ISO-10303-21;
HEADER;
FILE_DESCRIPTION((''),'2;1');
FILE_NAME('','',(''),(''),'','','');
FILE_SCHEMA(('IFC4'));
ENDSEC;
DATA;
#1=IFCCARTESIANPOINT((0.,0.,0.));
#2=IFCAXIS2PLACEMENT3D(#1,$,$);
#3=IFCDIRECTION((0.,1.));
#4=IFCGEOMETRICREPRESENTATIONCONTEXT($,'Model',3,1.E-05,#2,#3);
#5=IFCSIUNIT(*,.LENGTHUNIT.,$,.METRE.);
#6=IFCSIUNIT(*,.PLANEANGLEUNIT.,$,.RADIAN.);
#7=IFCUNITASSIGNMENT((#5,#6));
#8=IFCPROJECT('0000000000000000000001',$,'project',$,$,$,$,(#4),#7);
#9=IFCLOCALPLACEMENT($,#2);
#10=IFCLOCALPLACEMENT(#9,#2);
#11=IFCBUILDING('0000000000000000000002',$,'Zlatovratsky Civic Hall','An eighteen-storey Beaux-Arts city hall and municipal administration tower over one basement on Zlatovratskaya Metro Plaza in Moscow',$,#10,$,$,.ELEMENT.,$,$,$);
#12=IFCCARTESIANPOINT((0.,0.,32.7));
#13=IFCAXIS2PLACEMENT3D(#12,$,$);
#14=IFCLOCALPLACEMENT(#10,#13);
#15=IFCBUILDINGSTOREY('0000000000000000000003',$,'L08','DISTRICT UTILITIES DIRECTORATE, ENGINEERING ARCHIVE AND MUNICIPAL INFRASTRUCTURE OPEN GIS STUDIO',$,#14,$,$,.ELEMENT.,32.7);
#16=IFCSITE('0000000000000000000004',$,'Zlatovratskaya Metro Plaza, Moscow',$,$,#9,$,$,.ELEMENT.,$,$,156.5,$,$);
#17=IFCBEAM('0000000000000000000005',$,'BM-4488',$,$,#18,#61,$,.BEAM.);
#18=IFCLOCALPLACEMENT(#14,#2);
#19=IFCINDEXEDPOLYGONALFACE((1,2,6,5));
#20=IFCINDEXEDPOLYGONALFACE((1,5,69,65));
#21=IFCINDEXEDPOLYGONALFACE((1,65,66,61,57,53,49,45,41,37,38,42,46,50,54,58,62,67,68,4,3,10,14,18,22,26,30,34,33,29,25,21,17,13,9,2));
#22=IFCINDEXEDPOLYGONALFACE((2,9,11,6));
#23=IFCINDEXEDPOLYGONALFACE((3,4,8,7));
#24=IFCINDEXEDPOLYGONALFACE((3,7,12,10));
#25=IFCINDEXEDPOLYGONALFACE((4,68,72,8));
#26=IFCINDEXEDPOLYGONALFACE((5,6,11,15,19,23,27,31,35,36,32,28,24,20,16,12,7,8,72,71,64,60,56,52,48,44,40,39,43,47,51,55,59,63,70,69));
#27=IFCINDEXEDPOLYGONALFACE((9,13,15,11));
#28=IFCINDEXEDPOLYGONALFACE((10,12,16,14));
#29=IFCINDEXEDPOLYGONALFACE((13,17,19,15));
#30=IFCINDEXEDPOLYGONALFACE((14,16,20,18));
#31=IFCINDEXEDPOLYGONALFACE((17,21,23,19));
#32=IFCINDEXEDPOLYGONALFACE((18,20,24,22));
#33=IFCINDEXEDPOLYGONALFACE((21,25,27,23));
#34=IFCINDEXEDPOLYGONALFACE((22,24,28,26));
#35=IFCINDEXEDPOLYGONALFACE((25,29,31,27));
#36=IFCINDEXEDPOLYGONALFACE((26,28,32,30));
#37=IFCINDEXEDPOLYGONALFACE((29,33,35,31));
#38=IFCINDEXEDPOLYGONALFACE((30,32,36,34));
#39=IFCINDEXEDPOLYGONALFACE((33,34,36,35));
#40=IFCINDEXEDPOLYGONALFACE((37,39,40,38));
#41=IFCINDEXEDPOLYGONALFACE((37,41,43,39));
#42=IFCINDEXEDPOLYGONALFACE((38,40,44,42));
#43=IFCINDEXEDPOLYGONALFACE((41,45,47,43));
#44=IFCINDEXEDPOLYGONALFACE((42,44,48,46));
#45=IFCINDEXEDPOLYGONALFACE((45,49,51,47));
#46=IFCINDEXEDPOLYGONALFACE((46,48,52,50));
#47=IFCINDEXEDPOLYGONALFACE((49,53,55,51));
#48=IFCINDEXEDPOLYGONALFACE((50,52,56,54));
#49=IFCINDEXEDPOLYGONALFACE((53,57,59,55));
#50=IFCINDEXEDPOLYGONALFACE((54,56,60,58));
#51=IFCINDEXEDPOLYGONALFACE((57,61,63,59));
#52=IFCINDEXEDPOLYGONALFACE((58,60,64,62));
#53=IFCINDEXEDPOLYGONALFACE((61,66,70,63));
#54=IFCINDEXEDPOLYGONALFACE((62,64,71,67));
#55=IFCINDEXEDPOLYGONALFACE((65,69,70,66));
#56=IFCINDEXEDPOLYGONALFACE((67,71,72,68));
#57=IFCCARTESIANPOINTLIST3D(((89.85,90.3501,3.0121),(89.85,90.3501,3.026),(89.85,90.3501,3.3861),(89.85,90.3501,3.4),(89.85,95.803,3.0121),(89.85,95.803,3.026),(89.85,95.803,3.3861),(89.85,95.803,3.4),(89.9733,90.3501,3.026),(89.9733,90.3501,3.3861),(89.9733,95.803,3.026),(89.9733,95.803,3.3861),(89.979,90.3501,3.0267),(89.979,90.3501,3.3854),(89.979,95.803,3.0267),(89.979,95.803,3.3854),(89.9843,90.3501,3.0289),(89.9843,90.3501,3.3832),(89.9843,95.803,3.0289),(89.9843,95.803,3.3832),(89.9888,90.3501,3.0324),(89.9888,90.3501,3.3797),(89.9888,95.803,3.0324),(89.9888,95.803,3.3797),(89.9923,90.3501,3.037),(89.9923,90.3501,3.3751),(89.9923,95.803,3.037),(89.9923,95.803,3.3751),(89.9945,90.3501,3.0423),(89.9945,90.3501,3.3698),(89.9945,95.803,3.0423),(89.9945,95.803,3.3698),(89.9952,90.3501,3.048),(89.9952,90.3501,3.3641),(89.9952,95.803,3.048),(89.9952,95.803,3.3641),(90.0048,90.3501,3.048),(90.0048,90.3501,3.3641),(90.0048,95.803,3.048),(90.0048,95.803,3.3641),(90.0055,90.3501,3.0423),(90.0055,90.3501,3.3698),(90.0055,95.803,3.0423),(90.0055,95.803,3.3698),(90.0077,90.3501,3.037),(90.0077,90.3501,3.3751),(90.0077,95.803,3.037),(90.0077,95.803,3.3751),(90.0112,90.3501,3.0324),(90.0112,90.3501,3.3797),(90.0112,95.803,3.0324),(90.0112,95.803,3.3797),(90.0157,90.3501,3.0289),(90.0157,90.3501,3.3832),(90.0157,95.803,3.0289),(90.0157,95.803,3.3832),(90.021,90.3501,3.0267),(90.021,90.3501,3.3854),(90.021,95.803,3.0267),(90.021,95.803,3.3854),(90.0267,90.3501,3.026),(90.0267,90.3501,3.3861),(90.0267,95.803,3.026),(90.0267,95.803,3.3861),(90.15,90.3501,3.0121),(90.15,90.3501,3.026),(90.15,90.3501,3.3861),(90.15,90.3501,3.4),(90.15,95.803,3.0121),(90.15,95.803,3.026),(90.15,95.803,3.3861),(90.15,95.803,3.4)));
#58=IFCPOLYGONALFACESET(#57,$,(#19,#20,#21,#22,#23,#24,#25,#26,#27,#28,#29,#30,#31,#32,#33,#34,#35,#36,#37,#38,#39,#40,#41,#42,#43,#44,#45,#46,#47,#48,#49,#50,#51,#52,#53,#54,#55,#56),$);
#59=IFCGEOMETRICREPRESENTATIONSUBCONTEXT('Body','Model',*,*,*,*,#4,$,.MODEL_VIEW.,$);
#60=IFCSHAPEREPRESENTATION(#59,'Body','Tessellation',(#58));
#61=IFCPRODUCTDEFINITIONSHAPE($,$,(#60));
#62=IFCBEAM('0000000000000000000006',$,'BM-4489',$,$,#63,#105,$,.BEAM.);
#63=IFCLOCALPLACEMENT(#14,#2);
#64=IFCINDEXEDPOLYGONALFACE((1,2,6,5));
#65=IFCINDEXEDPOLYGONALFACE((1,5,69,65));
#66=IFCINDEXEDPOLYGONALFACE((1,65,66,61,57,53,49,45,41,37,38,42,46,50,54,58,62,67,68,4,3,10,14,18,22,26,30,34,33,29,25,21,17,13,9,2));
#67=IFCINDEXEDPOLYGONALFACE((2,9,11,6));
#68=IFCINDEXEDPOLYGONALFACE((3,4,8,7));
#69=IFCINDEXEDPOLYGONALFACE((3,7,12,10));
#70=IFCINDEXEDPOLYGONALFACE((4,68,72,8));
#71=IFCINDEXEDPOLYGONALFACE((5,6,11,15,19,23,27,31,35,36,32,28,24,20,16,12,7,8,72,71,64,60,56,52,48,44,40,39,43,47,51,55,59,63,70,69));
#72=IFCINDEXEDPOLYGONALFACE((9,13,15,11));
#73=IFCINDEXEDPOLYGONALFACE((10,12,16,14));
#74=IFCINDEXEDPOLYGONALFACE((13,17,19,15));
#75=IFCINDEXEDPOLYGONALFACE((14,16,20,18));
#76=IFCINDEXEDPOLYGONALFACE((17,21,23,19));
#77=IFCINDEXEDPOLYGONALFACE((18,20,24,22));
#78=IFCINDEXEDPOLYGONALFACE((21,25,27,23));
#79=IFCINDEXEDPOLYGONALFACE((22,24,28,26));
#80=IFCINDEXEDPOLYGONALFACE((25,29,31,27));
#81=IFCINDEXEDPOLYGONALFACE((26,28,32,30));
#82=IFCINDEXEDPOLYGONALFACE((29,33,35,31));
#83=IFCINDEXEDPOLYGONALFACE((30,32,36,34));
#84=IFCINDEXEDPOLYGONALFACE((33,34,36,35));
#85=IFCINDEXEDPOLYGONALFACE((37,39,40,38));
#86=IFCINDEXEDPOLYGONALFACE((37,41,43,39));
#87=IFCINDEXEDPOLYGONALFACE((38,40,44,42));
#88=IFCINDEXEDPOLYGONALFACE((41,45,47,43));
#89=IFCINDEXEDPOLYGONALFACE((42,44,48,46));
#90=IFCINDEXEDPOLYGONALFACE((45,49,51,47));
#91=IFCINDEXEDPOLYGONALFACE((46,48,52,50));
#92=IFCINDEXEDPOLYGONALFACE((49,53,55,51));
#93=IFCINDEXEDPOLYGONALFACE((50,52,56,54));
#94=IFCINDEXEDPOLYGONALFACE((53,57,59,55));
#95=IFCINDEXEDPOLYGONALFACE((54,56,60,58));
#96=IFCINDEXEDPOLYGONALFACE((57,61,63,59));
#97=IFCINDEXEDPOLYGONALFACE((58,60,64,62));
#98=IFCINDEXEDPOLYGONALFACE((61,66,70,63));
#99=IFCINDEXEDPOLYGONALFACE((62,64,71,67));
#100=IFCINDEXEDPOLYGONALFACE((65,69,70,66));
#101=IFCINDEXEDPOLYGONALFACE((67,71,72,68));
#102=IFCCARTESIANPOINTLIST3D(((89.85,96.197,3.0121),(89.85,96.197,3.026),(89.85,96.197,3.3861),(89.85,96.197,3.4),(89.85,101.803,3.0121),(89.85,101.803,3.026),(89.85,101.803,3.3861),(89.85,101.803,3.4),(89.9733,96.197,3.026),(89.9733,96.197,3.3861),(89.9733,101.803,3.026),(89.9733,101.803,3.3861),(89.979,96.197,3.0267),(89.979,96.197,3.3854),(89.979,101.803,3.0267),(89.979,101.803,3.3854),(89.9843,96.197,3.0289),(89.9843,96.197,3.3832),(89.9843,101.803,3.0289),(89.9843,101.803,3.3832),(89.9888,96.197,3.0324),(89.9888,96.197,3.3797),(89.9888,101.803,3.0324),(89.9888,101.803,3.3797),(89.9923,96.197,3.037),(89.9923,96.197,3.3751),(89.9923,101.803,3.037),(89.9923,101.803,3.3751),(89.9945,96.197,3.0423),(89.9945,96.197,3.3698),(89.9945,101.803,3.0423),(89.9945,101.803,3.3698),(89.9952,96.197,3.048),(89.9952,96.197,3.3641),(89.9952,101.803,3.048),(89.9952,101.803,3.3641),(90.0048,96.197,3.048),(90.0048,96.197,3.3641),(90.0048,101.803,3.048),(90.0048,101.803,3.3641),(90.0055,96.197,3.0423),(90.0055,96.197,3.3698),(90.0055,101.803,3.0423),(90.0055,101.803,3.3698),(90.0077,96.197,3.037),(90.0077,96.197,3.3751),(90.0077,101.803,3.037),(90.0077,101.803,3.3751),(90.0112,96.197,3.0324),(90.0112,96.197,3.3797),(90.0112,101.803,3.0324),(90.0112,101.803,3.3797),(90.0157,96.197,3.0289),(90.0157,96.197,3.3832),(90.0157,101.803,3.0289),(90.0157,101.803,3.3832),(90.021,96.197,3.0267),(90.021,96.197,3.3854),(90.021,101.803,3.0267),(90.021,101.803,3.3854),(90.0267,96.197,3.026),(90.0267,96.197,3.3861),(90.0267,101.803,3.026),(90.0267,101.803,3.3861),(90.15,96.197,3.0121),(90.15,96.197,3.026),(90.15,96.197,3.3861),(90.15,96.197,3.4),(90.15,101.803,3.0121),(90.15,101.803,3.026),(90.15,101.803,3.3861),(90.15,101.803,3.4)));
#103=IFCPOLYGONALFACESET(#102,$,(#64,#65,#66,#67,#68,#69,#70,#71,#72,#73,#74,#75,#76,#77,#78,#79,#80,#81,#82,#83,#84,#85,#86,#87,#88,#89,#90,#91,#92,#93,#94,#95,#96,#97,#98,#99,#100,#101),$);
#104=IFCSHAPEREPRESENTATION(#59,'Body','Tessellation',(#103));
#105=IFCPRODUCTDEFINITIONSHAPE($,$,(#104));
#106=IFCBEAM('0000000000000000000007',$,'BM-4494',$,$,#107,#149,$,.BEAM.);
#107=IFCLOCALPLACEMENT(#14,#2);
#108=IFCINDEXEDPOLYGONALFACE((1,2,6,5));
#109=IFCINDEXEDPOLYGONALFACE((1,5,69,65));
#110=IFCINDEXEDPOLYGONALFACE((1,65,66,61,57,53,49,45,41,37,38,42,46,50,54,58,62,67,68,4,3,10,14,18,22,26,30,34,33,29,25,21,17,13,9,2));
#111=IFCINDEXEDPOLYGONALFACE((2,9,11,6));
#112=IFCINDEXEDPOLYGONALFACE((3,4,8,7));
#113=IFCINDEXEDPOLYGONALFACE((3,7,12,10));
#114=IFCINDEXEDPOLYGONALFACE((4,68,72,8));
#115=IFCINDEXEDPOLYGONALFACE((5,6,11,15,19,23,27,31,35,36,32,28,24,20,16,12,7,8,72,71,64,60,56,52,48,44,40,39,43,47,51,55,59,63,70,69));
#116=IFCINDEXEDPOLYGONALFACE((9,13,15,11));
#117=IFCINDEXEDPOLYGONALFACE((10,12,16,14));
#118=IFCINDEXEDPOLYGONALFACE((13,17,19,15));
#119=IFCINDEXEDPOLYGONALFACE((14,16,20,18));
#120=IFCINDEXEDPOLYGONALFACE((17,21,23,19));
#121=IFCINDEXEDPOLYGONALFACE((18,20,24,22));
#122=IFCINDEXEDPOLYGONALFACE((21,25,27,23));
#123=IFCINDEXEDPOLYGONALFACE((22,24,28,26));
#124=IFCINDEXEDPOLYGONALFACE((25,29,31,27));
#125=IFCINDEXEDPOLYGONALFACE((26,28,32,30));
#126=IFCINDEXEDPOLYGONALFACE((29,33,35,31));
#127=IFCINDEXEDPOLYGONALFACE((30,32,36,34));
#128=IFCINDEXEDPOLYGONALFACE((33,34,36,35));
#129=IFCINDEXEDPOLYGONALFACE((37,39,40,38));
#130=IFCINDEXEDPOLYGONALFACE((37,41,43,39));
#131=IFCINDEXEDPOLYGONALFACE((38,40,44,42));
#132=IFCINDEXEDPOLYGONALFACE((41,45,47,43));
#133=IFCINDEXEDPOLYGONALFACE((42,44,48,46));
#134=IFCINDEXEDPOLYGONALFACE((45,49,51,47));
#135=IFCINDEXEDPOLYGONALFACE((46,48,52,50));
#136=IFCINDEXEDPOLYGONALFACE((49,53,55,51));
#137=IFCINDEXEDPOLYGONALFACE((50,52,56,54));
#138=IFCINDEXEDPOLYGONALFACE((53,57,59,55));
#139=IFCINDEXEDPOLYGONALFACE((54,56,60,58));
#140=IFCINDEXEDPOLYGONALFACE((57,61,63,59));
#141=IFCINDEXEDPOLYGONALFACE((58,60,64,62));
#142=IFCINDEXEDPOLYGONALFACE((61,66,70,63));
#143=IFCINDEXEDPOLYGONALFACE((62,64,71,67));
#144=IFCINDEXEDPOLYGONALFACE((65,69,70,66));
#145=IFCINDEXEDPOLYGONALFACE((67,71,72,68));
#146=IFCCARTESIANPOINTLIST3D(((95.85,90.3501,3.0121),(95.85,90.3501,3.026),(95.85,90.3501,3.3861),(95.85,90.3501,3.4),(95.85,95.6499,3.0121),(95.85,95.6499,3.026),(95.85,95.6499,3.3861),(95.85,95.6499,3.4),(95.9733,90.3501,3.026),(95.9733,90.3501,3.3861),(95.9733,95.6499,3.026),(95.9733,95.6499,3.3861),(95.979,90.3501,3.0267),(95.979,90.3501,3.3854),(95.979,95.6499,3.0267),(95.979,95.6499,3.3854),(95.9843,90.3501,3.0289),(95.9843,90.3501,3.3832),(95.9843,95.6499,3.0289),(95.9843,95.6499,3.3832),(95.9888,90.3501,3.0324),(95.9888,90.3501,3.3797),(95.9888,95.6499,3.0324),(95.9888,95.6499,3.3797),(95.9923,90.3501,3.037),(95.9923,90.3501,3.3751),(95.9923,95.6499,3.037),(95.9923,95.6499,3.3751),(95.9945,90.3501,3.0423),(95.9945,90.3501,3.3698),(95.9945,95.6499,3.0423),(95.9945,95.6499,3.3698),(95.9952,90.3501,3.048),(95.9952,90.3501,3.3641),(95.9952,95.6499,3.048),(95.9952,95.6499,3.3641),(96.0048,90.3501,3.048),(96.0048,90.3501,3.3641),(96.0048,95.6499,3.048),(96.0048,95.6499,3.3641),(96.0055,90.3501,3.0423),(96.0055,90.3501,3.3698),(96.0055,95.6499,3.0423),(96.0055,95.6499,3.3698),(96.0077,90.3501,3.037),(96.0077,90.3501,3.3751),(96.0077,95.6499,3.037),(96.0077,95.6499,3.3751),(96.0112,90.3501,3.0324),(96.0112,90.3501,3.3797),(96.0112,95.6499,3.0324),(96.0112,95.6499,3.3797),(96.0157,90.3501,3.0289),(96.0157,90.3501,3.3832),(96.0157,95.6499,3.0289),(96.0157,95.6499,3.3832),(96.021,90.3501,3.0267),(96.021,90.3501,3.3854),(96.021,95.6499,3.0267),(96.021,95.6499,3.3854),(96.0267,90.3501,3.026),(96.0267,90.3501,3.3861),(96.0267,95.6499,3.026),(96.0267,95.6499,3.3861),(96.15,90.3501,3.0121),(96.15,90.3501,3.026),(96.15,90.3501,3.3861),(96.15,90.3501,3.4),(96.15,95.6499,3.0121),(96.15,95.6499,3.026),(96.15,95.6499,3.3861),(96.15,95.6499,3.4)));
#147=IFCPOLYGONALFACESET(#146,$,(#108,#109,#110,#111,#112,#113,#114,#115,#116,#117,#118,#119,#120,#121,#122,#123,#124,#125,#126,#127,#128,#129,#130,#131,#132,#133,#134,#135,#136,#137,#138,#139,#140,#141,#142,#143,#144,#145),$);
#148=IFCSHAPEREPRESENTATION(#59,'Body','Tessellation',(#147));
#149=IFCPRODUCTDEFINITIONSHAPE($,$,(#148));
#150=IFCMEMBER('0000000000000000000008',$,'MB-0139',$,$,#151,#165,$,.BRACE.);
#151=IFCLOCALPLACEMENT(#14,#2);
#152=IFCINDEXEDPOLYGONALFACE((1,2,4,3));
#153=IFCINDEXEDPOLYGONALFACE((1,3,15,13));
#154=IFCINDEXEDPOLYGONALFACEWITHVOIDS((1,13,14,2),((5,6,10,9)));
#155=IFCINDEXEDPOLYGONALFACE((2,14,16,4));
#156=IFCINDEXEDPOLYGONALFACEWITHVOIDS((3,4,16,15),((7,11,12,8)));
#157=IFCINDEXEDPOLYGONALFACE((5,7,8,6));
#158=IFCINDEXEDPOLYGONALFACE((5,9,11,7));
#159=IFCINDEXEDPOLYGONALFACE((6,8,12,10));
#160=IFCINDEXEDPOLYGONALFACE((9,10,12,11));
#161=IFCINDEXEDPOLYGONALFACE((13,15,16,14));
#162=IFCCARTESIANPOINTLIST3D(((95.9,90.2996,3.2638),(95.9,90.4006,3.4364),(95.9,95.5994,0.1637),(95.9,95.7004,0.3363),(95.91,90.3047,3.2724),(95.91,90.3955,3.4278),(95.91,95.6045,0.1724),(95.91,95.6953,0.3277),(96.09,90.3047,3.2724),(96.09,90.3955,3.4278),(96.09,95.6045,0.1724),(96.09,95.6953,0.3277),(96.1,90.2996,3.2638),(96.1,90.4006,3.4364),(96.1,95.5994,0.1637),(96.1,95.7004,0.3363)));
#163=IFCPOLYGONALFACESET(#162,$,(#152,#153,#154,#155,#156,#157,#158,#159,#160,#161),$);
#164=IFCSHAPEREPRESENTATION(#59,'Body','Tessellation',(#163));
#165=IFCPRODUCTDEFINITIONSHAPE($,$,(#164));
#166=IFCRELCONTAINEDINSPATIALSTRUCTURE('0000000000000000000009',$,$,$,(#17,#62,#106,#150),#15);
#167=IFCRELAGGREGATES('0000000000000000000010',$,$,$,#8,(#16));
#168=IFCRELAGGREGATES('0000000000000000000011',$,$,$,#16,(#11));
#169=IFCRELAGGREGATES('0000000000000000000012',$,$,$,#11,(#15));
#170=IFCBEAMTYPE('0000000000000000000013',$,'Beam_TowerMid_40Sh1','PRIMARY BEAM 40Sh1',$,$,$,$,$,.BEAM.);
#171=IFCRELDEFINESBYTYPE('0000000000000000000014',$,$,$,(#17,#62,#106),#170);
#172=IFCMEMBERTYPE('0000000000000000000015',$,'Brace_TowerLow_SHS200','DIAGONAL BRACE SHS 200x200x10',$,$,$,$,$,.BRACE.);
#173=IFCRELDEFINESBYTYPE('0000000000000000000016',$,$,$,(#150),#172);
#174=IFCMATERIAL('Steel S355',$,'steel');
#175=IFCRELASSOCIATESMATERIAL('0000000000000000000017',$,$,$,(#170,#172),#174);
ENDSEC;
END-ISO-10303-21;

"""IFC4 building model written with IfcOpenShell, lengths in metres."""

from ifc_helpers import new_model, si_unit, direction, frame, origin, origin_2d, place, context, subcontext, project, spatial, hollow_rectangle, i_section, extrude, material, material_profile, profile_set, type_object, element, save


model = new_model("IFC4")

# Units and contexts
model_context = context("Model", 3, precision=1e-05, world=origin(), true_north=direction((0.0, 1.0)))
body_context = subcontext(model_context, "Body", "Model", "MODEL_VIEW")
ifc_project = project(units=[si_unit("LENGTHUNIT", "METRE"), si_unit("PLANEANGLEUNIT", "RADIAN")], contexts=[model_context])

# Site, building, storey
site_placement = place(None, origin())
site = spatial("IfcSite", under=ifc_project, at=site_placement, Name="Zlatovratskaya Metro Plaza, Moscow", CompositionType="ELEMENT", RefElevation=156.5)
building_placement = place(site_placement, origin())
building = spatial("IfcBuilding", under=site, at=building_placement, Name="Zlatovratsky Civic Hall", Description="An eighteen-storey Beaux-Arts city hall and municipal administration tower over one basement on Zlatovratskaya Metro Plaza in Moscow", CompositionType="ELEMENT")
storey_placement = place(building_placement, frame((0.0, 0.0, 32.7)))
storey = spatial("IfcBuildingStorey", under=building, at=storey_placement, Name="L08", Description="DISTRICT UTILITIES DIRECTORATE, ENGINEERING ARCHIVE AND MUNICIPAL INFRASTRUCTURE OPEN GIS STUDIO", CompositionType="ELEMENT", Elevation=32.7)

# Shared definitions
ifc_material_1 = material(Name="Steel S355", Category="steel")

# Beams
ifc_material_profile_1 = material_profile(ifc_material_1, i_section(OverallWidth=0.3, OverallDepth=0.3879, WebThickness=0.0095, FlangeThickness=0.0139, FilletRadius=0.022, at=origin_2d()), Name="40Sh1")
ifc_profile_set_1 = profile_set([ifc_material_profile_1], Name="Steel S355")
beam_type_1 = type_object("IfcBeamType", Name="Beam_TowerMid_40Sh1", Description="PRIMARY BEAM 40Sh1", PredefinedType="BEAM", material=ifc_profile_set_1)
beam_1_placement = place(storey_placement, frame((90.0, 90.3501, 3.2061), z_axis=(0.0, 1.0, 0.0), x_axis=(-1.0, 0.0, 0.0)))
element("IfcBeam", 1, at=beam_1_placement, inside=storey, type_object=beam_type_1, Name="BM-4488", PredefinedType="BEAM", context=body_context, shape_type="SweptSolid", body=[
    extrude(i_section(OverallWidth=0.3, OverallDepth=0.3879, WebThickness=0.0095, FlangeThickness=0.0139, FilletRadius=0.022, at=origin_2d()), origin(), (0.0, 0.0, 1.0), 5.4529),
])
beam_2_placement = place(storey_placement, frame((90.0, 96.197, 3.2061), z_axis=(0.0, 1.0, 0.0), x_axis=(-1.0, 0.0, 0.0)))
element("IfcBeam", 2, at=beam_2_placement, inside=storey, type_object=beam_type_1, Name="BM-4489", PredefinedType="BEAM", context=body_context, shape_type="SweptSolid", body=[
    extrude(i_section(OverallWidth=0.3, OverallDepth=0.3879, WebThickness=0.0095, FlangeThickness=0.0139, FilletRadius=0.022, at=origin_2d()), origin(), (0.0, 0.0, 1.0), 5.606),
])
beam_3_placement = place(storey_placement, frame((96.0, 90.3501, 3.2061), z_axis=(0.0, 1.0, 0.0), x_axis=(-1.0, 0.0, 0.0)))
element("IfcBeam", 3, at=beam_3_placement, inside=storey, type_object=beam_type_1, Name="BM-4494", PredefinedType="BEAM", context=body_context, shape_type="SweptSolid", body=[
    extrude(i_section(OverallWidth=0.3, OverallDepth=0.3879, WebThickness=0.0095, FlangeThickness=0.0139, FilletRadius=0.022, at=origin_2d()), origin(), (0.0, 0.0, 1.0), 5.2998),
])

# Member
ifc_material_profile_2 = material_profile(ifc_material_1, hollow_rectangle(XDim=0.2, YDim=0.2, WallThickness=0.01, at=origin_2d()), Name="SHS 200x200x10")
ifc_profile_set_2 = profile_set([ifc_material_profile_2], Name="Steel S355")
member_type = type_object("IfcMemberType", Name="Brace_TowerLow_SHS200", Description="DIAGONAL BRACE SHS 200x200x10", PredefinedType="BRACE", material=ifc_profile_set_2)
member_placement = place(storey_placement, frame((96.0, 90.3501, 3.3501), z_axis=(0.0, 0.863173, -0.504909), x_axis=(-1.0, 0.0, 0.0)))
element("IfcMember", 4, at=member_placement, inside=storey, type_object=member_type, Name="MB-0139", PredefinedType="BRACE", context=body_context, shape_type="SweptSolid", body=[
    extrude(hollow_rectangle(XDim=0.2, YDim=0.2, WallThickness=0.01, at=origin_2d()), origin(), (0.0, 0.0, 1.0), 6.1399),
])

save(model, "model.ifc")
